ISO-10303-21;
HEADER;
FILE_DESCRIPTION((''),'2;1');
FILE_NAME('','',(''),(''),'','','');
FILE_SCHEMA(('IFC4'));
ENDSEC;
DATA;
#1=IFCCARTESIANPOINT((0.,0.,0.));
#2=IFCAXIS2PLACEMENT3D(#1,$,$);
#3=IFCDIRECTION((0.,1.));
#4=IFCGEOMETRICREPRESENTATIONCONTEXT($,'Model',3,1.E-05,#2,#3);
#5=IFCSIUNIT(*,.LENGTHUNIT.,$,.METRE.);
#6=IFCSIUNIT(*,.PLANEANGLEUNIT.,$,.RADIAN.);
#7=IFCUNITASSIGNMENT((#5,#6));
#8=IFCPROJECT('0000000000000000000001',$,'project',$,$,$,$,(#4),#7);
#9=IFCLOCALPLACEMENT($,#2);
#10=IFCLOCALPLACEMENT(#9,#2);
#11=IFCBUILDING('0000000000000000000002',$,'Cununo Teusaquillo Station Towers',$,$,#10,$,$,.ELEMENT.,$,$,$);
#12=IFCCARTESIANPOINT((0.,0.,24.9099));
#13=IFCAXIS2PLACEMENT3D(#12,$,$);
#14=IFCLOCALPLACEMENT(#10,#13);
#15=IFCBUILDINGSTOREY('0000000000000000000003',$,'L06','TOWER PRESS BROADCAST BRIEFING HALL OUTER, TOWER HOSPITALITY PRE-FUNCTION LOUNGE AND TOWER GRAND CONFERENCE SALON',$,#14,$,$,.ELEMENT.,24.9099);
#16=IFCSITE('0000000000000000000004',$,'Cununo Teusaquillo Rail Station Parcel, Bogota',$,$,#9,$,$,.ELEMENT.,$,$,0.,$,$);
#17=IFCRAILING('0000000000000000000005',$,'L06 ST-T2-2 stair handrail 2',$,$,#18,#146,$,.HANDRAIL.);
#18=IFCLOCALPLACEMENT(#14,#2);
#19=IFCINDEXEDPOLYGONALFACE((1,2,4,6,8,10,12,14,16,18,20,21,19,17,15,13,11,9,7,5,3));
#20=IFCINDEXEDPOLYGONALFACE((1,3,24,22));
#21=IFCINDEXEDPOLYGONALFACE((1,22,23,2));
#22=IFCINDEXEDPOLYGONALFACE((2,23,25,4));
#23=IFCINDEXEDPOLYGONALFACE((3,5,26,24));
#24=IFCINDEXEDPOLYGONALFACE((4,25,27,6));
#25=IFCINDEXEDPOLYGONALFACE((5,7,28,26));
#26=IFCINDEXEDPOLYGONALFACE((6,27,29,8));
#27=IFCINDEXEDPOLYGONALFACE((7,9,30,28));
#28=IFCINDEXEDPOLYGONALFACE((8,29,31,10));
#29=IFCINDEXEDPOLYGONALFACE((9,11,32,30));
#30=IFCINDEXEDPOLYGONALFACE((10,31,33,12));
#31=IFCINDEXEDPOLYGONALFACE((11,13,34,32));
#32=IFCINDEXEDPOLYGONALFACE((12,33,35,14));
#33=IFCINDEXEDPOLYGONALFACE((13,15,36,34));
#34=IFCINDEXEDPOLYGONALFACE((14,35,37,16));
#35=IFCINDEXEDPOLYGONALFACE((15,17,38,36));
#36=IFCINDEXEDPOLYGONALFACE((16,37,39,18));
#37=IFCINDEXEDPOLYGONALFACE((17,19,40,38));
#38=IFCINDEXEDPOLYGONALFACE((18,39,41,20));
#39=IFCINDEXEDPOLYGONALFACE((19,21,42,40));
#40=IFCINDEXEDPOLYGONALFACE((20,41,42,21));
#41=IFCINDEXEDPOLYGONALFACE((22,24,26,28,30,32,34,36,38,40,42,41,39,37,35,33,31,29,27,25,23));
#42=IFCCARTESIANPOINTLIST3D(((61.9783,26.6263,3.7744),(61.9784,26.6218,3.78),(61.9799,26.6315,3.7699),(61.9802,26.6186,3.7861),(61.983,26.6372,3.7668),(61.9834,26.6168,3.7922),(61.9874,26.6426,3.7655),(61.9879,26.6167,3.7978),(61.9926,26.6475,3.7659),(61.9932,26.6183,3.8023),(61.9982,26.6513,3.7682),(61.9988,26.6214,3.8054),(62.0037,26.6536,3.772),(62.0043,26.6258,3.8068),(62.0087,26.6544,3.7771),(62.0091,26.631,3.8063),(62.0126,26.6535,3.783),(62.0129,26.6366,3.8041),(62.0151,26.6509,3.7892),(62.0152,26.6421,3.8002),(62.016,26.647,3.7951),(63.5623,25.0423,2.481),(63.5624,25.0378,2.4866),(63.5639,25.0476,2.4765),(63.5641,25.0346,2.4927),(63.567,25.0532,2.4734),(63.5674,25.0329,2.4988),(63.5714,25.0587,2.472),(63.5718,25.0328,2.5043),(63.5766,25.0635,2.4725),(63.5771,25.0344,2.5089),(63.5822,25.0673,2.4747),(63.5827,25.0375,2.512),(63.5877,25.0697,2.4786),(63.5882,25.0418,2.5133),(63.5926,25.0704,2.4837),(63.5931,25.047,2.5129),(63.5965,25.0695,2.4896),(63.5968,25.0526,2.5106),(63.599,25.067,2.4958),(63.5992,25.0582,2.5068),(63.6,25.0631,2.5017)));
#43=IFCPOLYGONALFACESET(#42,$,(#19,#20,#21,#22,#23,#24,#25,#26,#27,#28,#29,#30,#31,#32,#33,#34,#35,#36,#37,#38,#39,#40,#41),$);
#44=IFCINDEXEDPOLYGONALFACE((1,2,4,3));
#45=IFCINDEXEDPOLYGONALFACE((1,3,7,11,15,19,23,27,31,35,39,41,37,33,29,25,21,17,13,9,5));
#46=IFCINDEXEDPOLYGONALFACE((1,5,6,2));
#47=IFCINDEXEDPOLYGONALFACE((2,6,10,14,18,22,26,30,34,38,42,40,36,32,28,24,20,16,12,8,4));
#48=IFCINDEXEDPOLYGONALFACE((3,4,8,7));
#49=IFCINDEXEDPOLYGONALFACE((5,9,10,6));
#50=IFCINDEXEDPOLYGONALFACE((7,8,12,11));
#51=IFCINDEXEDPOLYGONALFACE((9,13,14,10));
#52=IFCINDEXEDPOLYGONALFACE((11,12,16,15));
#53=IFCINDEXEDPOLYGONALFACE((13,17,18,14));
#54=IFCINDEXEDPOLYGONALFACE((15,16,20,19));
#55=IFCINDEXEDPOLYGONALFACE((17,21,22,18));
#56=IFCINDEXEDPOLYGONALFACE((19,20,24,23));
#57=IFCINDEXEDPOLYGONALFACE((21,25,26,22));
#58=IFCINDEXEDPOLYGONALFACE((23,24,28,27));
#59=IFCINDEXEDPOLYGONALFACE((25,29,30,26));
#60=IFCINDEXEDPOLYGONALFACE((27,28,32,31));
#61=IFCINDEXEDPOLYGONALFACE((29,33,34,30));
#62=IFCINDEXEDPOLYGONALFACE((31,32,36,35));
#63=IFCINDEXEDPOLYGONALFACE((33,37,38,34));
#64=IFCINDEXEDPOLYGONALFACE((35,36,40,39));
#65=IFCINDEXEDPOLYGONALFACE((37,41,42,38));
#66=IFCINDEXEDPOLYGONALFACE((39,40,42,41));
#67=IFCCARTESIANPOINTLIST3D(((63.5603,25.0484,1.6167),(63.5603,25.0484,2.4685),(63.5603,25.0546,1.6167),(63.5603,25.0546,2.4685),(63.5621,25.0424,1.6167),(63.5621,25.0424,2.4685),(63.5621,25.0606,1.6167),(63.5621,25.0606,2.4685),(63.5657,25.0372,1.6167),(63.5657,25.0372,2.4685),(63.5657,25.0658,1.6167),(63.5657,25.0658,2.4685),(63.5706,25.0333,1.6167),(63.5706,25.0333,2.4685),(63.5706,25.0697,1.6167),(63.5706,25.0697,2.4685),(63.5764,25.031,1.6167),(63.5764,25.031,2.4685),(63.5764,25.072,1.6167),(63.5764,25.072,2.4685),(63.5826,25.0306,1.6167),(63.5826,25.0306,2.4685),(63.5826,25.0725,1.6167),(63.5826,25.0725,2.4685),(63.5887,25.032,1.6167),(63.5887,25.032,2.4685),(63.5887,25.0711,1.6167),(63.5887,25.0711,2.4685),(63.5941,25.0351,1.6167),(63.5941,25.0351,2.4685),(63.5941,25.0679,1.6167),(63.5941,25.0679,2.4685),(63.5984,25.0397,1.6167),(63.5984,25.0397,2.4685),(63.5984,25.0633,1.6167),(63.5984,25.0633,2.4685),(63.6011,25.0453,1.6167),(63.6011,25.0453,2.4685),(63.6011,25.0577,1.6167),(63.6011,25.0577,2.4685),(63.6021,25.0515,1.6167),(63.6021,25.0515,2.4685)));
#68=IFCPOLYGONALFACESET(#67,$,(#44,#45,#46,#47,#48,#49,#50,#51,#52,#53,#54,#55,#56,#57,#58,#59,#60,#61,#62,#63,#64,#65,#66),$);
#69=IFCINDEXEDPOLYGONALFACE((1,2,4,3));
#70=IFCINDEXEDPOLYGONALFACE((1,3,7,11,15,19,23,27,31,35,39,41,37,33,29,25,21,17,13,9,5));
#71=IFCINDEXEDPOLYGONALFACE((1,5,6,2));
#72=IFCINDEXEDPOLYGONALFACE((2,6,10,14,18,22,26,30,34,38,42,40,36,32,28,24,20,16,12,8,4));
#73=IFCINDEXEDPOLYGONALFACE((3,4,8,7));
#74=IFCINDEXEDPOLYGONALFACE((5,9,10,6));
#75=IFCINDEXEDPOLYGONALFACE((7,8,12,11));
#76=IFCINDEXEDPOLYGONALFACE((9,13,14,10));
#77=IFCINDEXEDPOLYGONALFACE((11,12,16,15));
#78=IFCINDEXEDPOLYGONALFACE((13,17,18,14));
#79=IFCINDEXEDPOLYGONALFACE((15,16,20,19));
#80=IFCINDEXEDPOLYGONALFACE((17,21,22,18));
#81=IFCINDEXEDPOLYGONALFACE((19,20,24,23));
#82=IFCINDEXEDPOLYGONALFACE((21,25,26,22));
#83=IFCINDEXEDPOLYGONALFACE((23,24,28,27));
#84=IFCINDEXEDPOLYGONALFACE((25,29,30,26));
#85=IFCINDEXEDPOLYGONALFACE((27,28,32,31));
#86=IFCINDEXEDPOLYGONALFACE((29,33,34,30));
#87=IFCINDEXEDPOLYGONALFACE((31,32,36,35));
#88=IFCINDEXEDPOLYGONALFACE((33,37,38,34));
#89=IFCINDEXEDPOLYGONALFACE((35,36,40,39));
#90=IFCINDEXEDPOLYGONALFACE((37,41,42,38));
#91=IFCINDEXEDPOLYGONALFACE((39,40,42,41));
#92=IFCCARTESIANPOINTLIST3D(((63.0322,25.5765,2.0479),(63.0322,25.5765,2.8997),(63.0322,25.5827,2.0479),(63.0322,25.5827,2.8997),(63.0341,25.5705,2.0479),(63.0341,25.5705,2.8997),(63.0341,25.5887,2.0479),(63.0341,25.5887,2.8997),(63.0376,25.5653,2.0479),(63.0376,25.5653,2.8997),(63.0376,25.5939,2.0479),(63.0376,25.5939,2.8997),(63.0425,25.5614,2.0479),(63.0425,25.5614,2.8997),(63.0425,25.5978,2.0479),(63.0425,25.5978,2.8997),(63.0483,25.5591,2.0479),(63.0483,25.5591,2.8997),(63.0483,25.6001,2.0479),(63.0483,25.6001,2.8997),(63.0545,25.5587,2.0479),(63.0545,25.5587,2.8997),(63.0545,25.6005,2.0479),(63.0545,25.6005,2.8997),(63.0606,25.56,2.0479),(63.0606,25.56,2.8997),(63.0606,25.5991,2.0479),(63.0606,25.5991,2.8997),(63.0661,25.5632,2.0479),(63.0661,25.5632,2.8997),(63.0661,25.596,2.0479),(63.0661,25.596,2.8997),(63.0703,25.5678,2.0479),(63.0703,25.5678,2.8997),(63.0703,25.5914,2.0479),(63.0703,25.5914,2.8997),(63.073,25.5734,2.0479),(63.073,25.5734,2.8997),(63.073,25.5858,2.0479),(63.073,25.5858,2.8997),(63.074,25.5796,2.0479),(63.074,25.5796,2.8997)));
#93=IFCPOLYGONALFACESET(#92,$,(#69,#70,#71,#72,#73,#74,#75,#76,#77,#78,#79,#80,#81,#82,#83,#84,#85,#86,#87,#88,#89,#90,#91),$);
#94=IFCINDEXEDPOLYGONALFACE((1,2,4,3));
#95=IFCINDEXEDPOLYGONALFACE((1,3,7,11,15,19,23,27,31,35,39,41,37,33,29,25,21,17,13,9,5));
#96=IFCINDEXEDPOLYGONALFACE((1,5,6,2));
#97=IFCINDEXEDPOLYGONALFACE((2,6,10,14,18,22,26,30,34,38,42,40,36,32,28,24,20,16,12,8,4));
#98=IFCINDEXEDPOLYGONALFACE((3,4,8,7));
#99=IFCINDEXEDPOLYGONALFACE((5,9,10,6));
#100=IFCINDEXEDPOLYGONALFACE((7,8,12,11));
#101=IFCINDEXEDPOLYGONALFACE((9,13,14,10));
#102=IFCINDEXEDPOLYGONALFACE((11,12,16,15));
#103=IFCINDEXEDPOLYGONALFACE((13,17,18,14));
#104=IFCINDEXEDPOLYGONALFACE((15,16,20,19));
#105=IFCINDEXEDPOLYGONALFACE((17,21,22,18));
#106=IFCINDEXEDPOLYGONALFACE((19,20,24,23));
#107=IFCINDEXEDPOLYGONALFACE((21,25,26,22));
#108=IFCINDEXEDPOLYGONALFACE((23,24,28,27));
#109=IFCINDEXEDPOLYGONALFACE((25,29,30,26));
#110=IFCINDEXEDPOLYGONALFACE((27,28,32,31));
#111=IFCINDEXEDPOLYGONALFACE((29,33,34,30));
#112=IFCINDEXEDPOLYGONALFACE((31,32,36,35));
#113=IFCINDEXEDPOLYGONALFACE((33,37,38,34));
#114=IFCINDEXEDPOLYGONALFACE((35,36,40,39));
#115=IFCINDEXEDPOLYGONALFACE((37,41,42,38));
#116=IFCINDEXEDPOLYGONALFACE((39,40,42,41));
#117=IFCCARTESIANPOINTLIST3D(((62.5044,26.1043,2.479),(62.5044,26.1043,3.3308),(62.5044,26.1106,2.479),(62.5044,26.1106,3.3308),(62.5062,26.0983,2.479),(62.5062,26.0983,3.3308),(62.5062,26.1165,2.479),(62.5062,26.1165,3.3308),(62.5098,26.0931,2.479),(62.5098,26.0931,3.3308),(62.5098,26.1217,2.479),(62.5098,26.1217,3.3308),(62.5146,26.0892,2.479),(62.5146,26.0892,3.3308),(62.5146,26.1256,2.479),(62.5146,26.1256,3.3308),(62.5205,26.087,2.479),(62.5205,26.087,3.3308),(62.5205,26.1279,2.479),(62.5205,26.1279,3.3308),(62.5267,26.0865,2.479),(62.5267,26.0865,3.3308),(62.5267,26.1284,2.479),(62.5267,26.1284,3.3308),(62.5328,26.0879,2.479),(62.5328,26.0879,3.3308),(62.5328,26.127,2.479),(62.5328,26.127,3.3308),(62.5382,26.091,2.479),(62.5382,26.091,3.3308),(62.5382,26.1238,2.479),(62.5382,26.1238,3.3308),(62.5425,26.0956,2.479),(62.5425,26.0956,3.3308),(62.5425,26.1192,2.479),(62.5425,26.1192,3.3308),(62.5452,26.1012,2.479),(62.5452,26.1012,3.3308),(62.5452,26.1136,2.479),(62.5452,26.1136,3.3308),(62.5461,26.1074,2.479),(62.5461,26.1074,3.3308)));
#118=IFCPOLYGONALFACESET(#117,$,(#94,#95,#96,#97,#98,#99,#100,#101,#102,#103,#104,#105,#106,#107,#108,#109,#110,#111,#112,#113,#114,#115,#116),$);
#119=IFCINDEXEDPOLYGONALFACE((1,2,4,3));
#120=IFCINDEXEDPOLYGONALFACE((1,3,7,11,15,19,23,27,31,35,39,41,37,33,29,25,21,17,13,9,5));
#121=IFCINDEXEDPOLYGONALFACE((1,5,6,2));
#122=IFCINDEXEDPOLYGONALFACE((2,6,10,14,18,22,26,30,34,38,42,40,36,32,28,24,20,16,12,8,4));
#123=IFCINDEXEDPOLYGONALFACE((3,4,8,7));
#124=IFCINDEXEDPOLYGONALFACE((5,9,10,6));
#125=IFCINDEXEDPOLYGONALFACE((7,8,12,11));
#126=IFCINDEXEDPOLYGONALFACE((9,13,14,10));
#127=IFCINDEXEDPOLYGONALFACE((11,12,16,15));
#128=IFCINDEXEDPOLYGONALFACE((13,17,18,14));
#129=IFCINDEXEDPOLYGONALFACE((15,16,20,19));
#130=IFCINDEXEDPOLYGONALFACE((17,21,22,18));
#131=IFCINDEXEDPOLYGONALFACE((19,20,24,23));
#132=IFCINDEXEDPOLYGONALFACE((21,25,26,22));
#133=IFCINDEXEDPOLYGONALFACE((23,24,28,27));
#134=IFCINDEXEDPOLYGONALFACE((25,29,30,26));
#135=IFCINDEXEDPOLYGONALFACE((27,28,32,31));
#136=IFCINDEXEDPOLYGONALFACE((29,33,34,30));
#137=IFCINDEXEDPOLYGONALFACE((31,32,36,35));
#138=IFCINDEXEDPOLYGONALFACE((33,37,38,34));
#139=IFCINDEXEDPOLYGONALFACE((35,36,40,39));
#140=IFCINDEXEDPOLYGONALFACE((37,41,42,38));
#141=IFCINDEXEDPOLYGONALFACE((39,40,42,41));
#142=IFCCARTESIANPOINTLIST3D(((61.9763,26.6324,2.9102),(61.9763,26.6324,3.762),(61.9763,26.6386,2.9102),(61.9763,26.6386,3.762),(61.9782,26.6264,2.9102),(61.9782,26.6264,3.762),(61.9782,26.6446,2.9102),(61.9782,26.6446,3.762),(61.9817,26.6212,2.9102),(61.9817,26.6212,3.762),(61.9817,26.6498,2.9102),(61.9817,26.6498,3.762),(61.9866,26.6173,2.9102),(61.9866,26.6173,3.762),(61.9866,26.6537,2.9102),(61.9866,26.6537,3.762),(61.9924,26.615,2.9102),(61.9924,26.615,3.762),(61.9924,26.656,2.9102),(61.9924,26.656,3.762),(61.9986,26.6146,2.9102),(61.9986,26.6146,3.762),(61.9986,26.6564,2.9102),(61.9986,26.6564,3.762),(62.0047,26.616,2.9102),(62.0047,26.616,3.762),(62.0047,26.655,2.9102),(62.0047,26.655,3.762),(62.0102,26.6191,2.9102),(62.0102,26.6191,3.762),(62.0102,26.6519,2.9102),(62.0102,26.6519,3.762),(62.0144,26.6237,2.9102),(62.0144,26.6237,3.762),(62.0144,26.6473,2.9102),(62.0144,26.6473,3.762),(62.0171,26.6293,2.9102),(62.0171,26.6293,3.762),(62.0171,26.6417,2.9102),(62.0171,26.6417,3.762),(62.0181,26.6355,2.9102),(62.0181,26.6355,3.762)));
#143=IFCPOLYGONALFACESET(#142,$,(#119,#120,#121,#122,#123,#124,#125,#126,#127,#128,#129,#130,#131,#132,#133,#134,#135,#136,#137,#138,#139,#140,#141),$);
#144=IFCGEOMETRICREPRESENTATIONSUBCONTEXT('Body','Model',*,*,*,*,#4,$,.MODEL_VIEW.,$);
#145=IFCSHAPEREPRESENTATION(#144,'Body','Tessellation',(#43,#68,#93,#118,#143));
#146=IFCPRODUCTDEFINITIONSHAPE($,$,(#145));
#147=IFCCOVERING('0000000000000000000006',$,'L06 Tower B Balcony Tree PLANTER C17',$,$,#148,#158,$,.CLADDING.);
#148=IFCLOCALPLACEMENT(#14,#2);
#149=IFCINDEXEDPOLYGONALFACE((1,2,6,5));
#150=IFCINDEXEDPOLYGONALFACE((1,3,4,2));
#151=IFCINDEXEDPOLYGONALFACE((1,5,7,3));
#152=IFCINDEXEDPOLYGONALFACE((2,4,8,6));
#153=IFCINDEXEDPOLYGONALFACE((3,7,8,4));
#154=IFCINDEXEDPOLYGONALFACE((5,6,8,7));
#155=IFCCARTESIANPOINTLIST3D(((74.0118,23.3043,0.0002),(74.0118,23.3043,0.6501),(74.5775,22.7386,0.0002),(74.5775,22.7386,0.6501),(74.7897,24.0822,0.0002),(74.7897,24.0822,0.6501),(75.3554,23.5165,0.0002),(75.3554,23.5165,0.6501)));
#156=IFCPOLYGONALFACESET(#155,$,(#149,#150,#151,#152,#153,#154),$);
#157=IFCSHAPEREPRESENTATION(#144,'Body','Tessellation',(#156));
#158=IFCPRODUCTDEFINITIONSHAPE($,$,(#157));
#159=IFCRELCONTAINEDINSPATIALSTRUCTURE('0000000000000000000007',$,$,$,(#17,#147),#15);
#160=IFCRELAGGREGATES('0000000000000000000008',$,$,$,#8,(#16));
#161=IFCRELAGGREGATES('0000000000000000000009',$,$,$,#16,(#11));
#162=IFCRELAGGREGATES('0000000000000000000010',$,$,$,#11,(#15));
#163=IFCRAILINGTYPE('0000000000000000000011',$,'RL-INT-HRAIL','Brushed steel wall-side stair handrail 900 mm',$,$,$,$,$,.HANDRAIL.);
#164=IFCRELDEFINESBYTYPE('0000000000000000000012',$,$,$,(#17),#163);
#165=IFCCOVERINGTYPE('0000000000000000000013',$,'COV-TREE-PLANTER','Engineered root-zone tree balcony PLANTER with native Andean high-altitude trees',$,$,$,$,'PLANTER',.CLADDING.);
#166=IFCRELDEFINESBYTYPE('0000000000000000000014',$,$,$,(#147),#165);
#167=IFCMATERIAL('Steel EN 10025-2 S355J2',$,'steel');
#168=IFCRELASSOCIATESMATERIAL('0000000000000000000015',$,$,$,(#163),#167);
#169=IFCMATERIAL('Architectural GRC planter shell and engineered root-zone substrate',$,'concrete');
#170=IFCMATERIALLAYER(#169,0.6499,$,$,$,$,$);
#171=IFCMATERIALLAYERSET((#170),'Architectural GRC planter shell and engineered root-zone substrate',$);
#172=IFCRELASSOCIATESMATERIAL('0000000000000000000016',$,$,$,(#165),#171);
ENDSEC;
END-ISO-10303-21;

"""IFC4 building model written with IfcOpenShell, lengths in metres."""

from ifc_helpers import new_model, si_unit, direction, frame, origin, origin_2d, place, context, subcontext, project, spatial, rectangle, circle, extrude, source, transform, mapped, material, layer, layer_set, type_object, element, save


model = new_model("IFC4")

# Units and contexts
model_context = context("Model", 3, precision=1e-05, world=origin(), true_north=direction((0.0, 1.0)))
body_context = subcontext(model_context, "Body", "Model", "MODEL_VIEW")
ifc_project = project(units=[si_unit("LENGTHUNIT", "METRE"), si_unit("PLANEANGLEUNIT", "RADIAN")], contexts=[model_context])

# Site, building, storey
site_placement = place(None, origin())
site = spatial("IfcSite", under=ifc_project, at=site_placement, Name="Cununo Teusaquillo Rail Station Parcel, Bogota", CompositionType="ELEMENT", RefElevation=0.0)
building_placement = place(site_placement, origin())
building = spatial("IfcBuilding", under=site, at=building_placement, Name="Cununo Teusaquillo Station Towers", CompositionType="ELEMENT")
storey_placement = place(building_placement, frame((0.0, 0.0, 24.9099)))
storey = spatial("IfcBuildingStorey", under=building, at=storey_placement, Name="L06", Description="TOWER PRESS BROADCAST BRIEFING HALL OUTER, TOWER HOSPITALITY PRE-FUNCTION LOUNGE AND TOWER GRAND CONFERENCE SALON", CompositionType="ELEMENT", Elevation=24.9099)

# Railing
ifc_material_1 = material(Name="Steel EN 10025-2 S355J2", Category="steel")
railing_type_1 = type_object("IfcRailingType", Name="RL-INT-HRAIL", Description="Brushed steel wall-side stair handrail 900 mm", PredefinedType="HANDRAIL", material=ifc_material_1)
railing_1_placement = place(storey_placement, frame((63.5811, 25.0515, 1.6167)))
element("IfcRailing", 1, at=railing_1_placement, inside=storey, type_object=railing_type_1, Name="L06 ST-T2-2 stair handrail 2", PredefinedType="HANDRAIL", context=body_context, shape_type="SweptSolid", body=[
    extrude(circle(Radius=0.0239, at=origin_2d()), frame((0.0, 0.0, 0.876), z_axis=(-0.612356, 0.612356, 0.50004), x_axis=(-0.707107, -0.707107, 0.0)), (0.0, 0.0, 1.0), 2.5867),
    extrude(circle(Radius=0.021, at=origin_2d()), origin(), (0.0, 0.0, 1.0), 0.8518),
    extrude(circle(Radius=0.021, at=origin_2d()), frame((-0.5281, 0.5281, 0.4312)), (0.0, 0.0, 1.0), 0.8518),
    extrude(circle(Radius=0.021, at=origin_2d()), frame((-1.0559, 1.0559, 0.8623)), (0.0, 0.0, 1.0), 0.8518),
    extrude(circle(Radius=0.021, at=origin_2d()), frame((-1.584, 1.584, 1.2935)), (0.0, 0.0, 1.0), 0.8518),
])

# Covering
ifc_material_2 = material(Name="Architectural GRC planter shell and engineered root-zone substrate", Category="concrete")
ifc_layer_1 = layer(ifc_material_2, 0.6499)
ifc_layer_set_1 = layer_set([ifc_layer_1], Name="Architectural GRC planter shell and engineered root-zone substrate")
covering_type = type_object("IfcCoveringType", Name="COV-TREE-PLANTER", Description="Engineered root-zone tree balcony PLANTER with native Andean high-altitude trees", ElementType="PLANTER", PredefinedType="CLADDING", material=ifc_layer_set_1)
shared_shape_1 = source(origin(), body_context, "Body", "SweptSolid", [
    extrude(rectangle(XDim=1.1001, YDim=0.8, at=origin_2d()), origin(), (0.0, 0.0, 1.0), 0.6499),
])
covering_placement = place(storey_placement, frame((74.6836, 23.4104, 0.0002), z_axis=(0.0, 0.0, 1.0), x_axis=(0.707107, 0.707107, 0.0)))
element("IfcCovering", 2, at=covering_placement, inside=storey, type_object=covering_type, Name="L06 Tower B Balcony Tree PLANTER C17", PredefinedType="CLADDING", context=body_context, shape_type="MappedRepresentation", body=[
    mapped(shared_shape_1, transform((0.0, 0.0, 0.0), x_axis=(1.0, 0.0, 0.0), y_axis=(0.0, 1.0, 0.0), z_axis=(0.0, 0.0, 1.0), scale=1.0)),
])

save(model, "model.ifc")
